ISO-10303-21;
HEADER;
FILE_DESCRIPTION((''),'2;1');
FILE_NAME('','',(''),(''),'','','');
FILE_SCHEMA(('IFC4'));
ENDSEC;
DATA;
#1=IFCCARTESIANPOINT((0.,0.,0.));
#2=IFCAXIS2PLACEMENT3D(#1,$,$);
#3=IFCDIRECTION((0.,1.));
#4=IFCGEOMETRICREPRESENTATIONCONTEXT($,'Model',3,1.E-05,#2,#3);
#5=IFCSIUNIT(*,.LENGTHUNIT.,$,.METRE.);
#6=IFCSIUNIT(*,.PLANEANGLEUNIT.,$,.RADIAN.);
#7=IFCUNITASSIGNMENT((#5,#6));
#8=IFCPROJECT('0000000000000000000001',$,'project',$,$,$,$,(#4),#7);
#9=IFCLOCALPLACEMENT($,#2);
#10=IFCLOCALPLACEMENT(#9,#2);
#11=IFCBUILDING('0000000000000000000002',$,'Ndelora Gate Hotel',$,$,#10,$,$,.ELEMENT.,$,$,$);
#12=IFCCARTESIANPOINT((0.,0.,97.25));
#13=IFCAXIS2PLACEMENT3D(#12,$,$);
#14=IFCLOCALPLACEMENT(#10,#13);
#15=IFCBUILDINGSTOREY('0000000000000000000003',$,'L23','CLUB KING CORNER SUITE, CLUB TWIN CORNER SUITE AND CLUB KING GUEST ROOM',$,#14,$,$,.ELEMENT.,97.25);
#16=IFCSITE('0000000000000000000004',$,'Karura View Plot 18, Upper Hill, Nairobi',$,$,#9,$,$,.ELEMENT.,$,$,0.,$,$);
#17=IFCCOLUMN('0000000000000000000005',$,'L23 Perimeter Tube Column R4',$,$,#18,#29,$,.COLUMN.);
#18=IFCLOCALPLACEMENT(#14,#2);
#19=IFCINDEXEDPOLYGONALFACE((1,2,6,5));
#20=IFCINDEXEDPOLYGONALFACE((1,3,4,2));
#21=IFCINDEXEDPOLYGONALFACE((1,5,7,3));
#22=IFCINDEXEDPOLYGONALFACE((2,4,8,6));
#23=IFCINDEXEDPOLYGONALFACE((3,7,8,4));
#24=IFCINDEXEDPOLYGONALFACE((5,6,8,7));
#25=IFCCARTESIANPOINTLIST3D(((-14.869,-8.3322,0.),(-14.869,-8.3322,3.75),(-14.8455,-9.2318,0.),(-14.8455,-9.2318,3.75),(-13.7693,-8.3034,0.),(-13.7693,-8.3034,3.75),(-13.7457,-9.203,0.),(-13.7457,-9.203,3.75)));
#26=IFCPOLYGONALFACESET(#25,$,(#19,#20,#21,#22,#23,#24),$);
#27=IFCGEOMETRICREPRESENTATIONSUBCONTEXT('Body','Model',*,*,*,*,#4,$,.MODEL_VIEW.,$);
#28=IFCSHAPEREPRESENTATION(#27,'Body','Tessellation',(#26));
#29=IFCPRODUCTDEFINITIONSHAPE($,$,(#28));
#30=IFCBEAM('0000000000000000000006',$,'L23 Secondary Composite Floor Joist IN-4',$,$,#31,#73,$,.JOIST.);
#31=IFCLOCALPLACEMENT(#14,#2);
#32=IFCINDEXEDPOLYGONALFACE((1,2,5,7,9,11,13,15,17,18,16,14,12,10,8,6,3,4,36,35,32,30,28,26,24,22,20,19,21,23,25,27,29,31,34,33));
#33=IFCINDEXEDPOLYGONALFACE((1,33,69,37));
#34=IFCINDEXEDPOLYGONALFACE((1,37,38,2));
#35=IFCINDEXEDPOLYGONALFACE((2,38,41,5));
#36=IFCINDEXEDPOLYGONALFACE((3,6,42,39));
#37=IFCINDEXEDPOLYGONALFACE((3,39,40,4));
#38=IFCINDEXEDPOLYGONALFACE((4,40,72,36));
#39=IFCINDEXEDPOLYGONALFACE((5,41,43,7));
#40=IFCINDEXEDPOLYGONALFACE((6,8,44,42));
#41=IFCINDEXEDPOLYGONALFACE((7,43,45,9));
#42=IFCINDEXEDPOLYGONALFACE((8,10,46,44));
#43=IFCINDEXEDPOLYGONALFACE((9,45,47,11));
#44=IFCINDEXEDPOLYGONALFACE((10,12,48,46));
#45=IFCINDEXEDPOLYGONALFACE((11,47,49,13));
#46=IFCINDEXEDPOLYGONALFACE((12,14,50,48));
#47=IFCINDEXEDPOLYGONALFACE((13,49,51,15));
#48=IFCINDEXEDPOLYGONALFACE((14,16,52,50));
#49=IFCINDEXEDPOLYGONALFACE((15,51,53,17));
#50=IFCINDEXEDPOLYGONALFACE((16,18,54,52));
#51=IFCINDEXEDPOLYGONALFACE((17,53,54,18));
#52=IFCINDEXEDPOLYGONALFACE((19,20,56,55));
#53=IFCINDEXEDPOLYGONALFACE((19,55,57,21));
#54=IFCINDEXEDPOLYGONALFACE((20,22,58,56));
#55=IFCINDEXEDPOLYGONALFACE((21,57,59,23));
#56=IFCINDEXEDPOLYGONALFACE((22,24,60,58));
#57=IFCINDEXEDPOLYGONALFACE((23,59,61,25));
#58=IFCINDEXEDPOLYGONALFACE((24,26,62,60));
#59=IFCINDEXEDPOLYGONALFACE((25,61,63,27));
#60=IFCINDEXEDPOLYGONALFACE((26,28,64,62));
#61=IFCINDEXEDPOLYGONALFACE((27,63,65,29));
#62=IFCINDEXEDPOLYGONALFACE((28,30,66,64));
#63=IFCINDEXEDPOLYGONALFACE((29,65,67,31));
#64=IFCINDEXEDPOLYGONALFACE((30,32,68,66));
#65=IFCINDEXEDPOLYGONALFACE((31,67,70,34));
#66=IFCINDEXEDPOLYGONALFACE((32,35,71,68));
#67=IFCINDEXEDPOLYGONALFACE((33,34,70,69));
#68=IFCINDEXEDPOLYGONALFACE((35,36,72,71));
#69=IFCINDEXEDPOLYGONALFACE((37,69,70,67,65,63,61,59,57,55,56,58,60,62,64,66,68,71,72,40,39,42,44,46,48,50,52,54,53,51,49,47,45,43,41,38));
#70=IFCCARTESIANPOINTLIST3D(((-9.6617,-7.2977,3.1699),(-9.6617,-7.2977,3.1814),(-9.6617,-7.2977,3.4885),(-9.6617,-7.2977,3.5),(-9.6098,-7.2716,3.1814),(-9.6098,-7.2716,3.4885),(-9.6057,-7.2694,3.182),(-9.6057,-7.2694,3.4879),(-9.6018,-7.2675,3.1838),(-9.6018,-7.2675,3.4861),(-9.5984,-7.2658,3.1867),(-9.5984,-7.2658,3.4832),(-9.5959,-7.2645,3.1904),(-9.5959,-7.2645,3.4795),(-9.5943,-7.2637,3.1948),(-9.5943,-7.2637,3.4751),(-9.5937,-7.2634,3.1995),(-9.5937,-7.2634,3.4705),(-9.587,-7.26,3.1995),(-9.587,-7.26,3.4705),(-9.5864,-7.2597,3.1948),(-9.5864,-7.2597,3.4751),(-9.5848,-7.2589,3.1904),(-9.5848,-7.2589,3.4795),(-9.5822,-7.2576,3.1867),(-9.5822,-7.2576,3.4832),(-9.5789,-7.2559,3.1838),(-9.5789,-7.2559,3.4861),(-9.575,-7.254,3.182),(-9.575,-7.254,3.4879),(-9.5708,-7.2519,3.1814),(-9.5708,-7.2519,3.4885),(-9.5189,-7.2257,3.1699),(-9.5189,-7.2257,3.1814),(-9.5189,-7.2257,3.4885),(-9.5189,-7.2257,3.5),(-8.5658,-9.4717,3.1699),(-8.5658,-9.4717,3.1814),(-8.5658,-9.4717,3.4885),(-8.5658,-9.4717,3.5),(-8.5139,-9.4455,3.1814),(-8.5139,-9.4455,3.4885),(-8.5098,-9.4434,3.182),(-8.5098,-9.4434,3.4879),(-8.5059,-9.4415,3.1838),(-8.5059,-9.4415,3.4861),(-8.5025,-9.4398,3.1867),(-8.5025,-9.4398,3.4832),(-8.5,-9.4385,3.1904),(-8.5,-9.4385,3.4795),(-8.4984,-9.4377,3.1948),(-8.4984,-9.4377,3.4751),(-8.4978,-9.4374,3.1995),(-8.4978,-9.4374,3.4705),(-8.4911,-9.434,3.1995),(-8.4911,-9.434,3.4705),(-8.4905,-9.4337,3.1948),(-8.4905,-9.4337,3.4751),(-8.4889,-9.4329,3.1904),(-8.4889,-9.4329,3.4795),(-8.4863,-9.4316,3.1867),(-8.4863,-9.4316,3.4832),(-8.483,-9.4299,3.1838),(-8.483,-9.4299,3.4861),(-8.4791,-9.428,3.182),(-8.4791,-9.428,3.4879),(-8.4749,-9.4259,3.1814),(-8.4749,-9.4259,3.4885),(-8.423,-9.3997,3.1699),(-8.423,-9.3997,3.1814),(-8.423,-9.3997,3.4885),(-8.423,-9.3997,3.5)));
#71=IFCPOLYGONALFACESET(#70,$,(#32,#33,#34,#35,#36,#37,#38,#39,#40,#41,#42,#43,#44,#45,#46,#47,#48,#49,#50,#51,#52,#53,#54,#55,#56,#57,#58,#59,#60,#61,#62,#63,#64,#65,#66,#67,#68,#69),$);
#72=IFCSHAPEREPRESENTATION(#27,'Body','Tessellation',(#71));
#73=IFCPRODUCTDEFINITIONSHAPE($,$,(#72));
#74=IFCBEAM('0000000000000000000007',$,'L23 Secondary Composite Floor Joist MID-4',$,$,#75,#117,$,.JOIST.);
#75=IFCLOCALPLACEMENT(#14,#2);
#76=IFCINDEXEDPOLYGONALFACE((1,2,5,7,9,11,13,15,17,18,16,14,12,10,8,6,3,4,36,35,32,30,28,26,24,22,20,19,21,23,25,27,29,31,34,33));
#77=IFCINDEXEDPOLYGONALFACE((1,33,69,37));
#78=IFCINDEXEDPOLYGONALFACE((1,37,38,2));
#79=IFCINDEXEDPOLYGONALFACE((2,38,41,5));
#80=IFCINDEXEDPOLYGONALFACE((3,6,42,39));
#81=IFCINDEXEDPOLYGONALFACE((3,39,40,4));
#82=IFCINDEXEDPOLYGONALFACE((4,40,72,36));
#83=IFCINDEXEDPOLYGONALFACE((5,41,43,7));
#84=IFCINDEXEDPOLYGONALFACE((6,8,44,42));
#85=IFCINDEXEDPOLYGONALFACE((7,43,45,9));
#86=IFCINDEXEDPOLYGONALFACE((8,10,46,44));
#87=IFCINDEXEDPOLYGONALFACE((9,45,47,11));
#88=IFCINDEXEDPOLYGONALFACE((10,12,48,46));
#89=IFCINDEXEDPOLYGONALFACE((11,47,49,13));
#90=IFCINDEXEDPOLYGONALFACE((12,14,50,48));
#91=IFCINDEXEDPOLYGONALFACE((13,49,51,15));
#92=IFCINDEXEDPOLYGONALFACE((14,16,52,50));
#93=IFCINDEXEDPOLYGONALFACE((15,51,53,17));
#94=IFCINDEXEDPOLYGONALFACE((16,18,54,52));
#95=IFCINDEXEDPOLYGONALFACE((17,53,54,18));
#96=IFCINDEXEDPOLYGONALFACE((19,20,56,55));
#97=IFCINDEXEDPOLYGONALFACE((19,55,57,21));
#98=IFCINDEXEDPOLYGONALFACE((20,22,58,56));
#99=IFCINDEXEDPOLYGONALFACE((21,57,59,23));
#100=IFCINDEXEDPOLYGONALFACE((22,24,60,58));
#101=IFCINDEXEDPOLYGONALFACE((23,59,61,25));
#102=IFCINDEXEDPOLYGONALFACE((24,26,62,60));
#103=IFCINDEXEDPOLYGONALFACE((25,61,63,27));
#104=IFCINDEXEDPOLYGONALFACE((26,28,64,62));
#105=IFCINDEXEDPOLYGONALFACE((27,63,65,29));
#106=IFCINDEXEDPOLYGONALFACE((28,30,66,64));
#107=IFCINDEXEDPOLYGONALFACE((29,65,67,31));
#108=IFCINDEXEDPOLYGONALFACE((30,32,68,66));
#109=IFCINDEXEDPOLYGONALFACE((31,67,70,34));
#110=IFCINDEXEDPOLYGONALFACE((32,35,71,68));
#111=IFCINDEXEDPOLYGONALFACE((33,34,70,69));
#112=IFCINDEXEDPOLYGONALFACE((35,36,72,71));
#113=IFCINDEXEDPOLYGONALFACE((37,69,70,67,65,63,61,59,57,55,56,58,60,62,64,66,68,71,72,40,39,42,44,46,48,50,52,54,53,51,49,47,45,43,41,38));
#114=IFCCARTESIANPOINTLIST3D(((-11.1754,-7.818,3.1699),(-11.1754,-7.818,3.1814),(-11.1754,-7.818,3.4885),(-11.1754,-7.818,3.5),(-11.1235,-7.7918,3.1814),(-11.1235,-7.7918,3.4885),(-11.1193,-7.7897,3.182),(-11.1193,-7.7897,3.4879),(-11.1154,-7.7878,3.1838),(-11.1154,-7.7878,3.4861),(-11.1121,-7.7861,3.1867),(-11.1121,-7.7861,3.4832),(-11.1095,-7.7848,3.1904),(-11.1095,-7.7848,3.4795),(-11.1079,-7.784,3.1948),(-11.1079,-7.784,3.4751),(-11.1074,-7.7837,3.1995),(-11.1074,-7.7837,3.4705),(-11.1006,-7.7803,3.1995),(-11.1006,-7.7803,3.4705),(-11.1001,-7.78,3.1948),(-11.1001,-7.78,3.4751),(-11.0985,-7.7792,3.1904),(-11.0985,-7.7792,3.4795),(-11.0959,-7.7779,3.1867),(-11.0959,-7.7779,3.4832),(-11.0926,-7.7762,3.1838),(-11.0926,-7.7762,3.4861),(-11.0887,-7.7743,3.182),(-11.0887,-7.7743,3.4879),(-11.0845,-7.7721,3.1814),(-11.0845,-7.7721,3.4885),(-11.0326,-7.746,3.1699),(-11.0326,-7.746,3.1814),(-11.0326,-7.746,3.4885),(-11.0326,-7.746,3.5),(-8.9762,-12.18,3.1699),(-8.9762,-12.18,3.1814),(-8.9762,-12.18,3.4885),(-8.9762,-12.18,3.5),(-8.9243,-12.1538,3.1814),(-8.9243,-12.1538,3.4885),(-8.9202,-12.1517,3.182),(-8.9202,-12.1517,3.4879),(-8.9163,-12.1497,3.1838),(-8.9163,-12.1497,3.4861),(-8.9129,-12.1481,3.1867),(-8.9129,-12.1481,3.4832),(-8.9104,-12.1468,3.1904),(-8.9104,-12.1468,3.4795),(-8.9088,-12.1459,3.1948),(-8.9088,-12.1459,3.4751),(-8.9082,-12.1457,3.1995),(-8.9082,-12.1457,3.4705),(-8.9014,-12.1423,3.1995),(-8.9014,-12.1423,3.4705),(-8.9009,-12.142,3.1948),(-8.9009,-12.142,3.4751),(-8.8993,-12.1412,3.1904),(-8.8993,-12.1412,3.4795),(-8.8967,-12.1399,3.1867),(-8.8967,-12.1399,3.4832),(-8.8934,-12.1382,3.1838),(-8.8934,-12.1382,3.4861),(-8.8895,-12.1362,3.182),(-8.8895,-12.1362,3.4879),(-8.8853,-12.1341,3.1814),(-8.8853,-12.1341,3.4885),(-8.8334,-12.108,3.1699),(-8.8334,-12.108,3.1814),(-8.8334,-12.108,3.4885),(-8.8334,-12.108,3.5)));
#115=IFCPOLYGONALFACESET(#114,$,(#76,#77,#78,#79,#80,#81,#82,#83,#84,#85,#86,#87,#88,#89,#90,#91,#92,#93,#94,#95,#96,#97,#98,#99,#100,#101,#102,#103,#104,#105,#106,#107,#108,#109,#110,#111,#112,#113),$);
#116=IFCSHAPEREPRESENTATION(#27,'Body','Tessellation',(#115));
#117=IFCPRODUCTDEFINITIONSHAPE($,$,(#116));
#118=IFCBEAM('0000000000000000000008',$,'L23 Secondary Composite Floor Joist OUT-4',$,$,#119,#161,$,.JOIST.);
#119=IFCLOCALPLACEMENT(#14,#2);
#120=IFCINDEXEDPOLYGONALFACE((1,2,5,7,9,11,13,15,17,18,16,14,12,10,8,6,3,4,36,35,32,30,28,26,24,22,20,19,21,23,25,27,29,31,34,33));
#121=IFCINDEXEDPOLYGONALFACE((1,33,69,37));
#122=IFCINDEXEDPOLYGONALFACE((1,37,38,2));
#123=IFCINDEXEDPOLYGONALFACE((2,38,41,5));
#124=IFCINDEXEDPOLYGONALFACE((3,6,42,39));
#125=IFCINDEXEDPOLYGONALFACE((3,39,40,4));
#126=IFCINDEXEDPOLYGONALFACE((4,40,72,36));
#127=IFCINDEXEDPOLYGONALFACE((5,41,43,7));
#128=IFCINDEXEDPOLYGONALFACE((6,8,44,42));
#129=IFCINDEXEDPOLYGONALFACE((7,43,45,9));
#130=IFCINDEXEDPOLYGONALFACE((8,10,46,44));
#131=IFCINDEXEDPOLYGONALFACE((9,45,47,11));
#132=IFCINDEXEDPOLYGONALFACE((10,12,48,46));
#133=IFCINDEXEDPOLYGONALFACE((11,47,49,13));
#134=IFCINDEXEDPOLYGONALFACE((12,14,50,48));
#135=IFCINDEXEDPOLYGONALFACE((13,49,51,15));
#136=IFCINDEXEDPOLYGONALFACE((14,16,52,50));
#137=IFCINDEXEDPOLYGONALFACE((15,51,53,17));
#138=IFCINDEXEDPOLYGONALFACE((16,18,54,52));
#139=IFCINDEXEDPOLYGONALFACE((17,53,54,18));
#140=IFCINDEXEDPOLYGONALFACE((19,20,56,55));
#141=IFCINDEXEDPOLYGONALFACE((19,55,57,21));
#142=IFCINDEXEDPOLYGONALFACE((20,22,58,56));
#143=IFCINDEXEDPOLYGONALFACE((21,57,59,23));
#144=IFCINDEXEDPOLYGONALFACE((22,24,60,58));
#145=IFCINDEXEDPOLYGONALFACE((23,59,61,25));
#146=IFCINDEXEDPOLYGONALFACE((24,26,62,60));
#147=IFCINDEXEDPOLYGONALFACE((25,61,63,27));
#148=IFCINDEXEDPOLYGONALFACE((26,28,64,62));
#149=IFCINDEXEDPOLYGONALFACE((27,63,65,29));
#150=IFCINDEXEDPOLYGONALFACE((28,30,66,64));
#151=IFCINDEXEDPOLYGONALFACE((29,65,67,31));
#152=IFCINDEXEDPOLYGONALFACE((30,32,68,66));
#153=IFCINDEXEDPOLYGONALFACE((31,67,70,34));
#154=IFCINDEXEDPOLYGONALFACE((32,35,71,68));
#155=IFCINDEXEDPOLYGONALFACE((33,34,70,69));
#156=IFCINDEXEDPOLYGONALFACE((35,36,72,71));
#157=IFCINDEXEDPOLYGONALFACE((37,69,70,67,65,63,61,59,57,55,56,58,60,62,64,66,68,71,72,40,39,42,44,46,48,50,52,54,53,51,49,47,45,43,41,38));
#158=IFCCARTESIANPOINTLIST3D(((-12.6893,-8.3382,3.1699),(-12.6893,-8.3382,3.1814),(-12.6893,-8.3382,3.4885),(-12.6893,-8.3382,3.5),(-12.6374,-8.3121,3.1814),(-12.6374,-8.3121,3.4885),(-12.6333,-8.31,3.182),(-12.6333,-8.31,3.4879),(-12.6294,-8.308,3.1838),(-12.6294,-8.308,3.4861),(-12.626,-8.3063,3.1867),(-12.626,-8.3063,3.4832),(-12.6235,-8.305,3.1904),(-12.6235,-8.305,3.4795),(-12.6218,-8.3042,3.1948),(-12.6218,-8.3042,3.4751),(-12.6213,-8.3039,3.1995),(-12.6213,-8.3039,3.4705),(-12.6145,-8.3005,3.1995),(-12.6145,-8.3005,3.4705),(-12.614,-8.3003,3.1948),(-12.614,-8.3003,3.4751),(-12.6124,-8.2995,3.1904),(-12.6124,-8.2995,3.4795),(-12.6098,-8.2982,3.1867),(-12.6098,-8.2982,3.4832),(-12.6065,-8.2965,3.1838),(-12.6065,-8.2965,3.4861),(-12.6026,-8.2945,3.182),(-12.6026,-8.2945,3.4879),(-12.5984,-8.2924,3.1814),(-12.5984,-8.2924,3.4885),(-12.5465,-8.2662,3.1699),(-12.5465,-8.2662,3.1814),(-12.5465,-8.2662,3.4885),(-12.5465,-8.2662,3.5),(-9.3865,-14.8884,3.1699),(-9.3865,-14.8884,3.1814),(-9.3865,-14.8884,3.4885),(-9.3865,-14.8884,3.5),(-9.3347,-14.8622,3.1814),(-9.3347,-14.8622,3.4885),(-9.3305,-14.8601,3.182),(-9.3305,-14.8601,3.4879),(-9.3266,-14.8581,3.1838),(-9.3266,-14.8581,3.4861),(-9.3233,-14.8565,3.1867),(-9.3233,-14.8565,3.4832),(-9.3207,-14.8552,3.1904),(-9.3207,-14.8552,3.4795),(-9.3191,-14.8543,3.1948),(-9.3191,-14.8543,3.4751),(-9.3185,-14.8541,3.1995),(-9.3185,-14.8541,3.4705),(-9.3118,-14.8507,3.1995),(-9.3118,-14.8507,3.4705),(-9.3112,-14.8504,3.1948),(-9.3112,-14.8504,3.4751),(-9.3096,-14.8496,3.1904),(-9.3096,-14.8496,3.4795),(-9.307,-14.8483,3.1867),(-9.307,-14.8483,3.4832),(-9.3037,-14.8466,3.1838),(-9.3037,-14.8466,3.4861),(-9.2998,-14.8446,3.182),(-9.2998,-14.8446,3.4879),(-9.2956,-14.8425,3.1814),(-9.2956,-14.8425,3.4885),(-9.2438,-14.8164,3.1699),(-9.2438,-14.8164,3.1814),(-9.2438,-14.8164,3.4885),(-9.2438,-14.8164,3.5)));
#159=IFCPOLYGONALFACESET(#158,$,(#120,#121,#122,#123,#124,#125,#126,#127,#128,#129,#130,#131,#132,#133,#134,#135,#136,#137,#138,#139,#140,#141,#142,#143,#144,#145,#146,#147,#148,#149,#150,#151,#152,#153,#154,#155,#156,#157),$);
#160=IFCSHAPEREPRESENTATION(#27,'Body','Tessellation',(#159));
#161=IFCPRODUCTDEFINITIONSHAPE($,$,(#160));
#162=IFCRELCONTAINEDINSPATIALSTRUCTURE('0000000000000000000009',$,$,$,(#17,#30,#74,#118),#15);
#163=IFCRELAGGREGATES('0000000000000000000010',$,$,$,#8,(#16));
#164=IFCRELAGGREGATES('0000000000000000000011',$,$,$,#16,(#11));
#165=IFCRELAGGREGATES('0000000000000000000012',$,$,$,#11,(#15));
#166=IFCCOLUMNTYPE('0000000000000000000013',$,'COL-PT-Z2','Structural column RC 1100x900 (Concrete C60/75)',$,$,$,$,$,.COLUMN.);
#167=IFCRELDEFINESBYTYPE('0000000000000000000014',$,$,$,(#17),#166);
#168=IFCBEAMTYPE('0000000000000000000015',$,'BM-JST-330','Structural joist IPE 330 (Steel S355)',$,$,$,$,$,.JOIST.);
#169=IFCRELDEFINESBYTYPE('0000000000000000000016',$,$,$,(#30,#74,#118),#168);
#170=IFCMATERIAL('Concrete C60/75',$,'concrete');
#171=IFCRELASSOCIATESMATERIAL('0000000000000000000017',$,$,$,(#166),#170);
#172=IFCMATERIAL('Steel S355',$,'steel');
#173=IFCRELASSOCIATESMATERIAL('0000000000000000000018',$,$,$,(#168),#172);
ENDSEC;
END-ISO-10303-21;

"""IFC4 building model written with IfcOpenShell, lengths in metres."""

from ifc_helpers import new_model, si_unit, direction, frame, origin, origin_2d, place, context, subcontext, project, spatial, rectangle, i_section, extrude, material, material_profile, profile_set, type_object, element, save


model = new_model("IFC4")

# Units and contexts
model_context = context("Model", 3, precision=1e-05, world=origin(), true_north=direction((0.0, 1.0)))
body_context = subcontext(model_context, "Body", "Model", "MODEL_VIEW")
ifc_project = project(units=[si_unit("LENGTHUNIT", "METRE"), si_unit("PLANEANGLEUNIT", "RADIAN")], contexts=[model_context])

# Site, building, storey
site_placement = place(None, origin())
site = spatial("IfcSite", under=ifc_project, at=site_placement, Name="Karura View Plot 18, Upper Hill, Nairobi", CompositionType="ELEMENT", RefElevation=0.0)
building_placement = place(site_placement, origin())
building = spatial("IfcBuilding", under=site, at=building_placement, Name="Ndelora Gate Hotel", CompositionType="ELEMENT")
storey_placement = place(building_placement, frame((0.0, 0.0, 97.25)))
storey = spatial("IfcBuildingStorey", under=building, at=storey_placement, Name="L23", Description="CLUB KING CORNER SUITE, CLUB TWIN CORNER SUITE AND CLUB KING GUEST ROOM", CompositionType="ELEMENT", Elevation=97.25)

# Column
ifc_material_1 = material(Name="Concrete C60/75", Category="concrete")
ifc_material_profile_1 = material_profile(ifc_material_1, rectangle(XDim=0.8999, YDim=1.1001, at=origin_2d()), Name="RC 1100x900")
ifc_profile_set_1 = profile_set([ifc_material_profile_1], Name="Concrete C60/75")
column_type = type_object("IfcColumnType", Name="COL-PT-Z2", Description="Structural column RC 1100x900 (Concrete C60/75)", PredefinedType="COLUMN", material=ifc_profile_set_1)
column_placement = place(storey_placement, frame((-14.3074, -8.7676, 0.0), z_axis=(0.0, 0.0, 1.0), x_axis=(-0.026177, 0.999657, 0.0)))
element("IfcColumn", 1, at=column_placement, inside=storey, type_object=column_type, Name="L23 Perimeter Tube Column R4", PredefinedType="COLUMN", context=body_context, shape_type="SweptSolid", body=[
    extrude(rectangle(XDim=0.8999, YDim=1.1001, at=origin_2d()), origin(), (0.0, 0.0, 1.0), 3.75),
])

# Beams
ifc_material_2 = material(Name="Steel S355", Category="steel")
ifc_material_profile_2 = material_profile(ifc_material_2, i_section(OverallWidth=0.1599, OverallDepth=0.3301, WebThickness=0.0076, FlangeThickness=0.0115, FilletRadius=0.0181, at=origin_2d()), Name="IPE 330")
ifc_profile_set_2 = profile_set([ifc_material_profile_2], Name="Steel S355")
beam_type_1 = type_object("IfcBeamType", Name="BM-JST-330", Description="Structural joist IPE 330 (Steel S355)", PredefinedType="JOIST", material=ifc_profile_set_2)
beam_1_placement = place(storey_placement, frame((-9.5903, -7.2617, 3.335), z_axis=(0.450139, -0.892958, 0.0), x_axis=(0.892958, 0.450139, 0.0)))
element("IfcBeam", 2, at=beam_1_placement, inside=storey, type_object=beam_type_1, Name="L23 Secondary Composite Floor Joist IN-4", PredefinedType="JOIST", context=body_context, shape_type="SweptSolid", body=[
    extrude(i_section(OverallWidth=0.1599, OverallDepth=0.3301, WebThickness=0.0076, FlangeThickness=0.0115, FilletRadius=0.0181, at=origin_2d()), origin(), (0.0, 0.0, 1.0), 2.4346),
])
beam_2_placement = place(storey_placement, frame((-11.104, -7.782, 3.335), z_axis=(0.45019, -0.892933, 0.0), x_axis=(0.892933, 0.45019, 0.0)))
element("IfcBeam", 3, at=beam_2_placement, inside=storey, type_object=beam_type_1, Name="L23 Secondary Composite Floor Joist MID-4", PredefinedType="JOIST", context=body_context, shape_type="SweptSolid", body=[
    extrude(i_section(OverallWidth=0.1599, OverallDepth=0.3301, WebThickness=0.0076, FlangeThickness=0.0115, FilletRadius=0.0181, at=origin_2d()), origin(), (0.0, 0.0, 1.0), 4.885),
])
beam_3_placement = place(storey_placement, frame((-12.6179, -8.3022, 3.335), z_axis=(0.450233, -0.892911, 0.0), x_axis=(0.892911, 0.450233, 0.0)))
element("IfcBeam", 4, at=beam_3_placement, inside=storey, type_object=beam_type_1, Name="L23 Secondary Composite Floor Joist OUT-4", PredefinedType="JOIST", context=body_context, shape_type="SweptSolid", body=[
    extrude(i_section(OverallWidth=0.1599, OverallDepth=0.3301, WebThickness=0.0076, FlangeThickness=0.0115, FilletRadius=0.0181, at=origin_2d()), origin(), (0.0, 0.0, 1.0), 7.3357),
])

save(model, "model.ifc")
